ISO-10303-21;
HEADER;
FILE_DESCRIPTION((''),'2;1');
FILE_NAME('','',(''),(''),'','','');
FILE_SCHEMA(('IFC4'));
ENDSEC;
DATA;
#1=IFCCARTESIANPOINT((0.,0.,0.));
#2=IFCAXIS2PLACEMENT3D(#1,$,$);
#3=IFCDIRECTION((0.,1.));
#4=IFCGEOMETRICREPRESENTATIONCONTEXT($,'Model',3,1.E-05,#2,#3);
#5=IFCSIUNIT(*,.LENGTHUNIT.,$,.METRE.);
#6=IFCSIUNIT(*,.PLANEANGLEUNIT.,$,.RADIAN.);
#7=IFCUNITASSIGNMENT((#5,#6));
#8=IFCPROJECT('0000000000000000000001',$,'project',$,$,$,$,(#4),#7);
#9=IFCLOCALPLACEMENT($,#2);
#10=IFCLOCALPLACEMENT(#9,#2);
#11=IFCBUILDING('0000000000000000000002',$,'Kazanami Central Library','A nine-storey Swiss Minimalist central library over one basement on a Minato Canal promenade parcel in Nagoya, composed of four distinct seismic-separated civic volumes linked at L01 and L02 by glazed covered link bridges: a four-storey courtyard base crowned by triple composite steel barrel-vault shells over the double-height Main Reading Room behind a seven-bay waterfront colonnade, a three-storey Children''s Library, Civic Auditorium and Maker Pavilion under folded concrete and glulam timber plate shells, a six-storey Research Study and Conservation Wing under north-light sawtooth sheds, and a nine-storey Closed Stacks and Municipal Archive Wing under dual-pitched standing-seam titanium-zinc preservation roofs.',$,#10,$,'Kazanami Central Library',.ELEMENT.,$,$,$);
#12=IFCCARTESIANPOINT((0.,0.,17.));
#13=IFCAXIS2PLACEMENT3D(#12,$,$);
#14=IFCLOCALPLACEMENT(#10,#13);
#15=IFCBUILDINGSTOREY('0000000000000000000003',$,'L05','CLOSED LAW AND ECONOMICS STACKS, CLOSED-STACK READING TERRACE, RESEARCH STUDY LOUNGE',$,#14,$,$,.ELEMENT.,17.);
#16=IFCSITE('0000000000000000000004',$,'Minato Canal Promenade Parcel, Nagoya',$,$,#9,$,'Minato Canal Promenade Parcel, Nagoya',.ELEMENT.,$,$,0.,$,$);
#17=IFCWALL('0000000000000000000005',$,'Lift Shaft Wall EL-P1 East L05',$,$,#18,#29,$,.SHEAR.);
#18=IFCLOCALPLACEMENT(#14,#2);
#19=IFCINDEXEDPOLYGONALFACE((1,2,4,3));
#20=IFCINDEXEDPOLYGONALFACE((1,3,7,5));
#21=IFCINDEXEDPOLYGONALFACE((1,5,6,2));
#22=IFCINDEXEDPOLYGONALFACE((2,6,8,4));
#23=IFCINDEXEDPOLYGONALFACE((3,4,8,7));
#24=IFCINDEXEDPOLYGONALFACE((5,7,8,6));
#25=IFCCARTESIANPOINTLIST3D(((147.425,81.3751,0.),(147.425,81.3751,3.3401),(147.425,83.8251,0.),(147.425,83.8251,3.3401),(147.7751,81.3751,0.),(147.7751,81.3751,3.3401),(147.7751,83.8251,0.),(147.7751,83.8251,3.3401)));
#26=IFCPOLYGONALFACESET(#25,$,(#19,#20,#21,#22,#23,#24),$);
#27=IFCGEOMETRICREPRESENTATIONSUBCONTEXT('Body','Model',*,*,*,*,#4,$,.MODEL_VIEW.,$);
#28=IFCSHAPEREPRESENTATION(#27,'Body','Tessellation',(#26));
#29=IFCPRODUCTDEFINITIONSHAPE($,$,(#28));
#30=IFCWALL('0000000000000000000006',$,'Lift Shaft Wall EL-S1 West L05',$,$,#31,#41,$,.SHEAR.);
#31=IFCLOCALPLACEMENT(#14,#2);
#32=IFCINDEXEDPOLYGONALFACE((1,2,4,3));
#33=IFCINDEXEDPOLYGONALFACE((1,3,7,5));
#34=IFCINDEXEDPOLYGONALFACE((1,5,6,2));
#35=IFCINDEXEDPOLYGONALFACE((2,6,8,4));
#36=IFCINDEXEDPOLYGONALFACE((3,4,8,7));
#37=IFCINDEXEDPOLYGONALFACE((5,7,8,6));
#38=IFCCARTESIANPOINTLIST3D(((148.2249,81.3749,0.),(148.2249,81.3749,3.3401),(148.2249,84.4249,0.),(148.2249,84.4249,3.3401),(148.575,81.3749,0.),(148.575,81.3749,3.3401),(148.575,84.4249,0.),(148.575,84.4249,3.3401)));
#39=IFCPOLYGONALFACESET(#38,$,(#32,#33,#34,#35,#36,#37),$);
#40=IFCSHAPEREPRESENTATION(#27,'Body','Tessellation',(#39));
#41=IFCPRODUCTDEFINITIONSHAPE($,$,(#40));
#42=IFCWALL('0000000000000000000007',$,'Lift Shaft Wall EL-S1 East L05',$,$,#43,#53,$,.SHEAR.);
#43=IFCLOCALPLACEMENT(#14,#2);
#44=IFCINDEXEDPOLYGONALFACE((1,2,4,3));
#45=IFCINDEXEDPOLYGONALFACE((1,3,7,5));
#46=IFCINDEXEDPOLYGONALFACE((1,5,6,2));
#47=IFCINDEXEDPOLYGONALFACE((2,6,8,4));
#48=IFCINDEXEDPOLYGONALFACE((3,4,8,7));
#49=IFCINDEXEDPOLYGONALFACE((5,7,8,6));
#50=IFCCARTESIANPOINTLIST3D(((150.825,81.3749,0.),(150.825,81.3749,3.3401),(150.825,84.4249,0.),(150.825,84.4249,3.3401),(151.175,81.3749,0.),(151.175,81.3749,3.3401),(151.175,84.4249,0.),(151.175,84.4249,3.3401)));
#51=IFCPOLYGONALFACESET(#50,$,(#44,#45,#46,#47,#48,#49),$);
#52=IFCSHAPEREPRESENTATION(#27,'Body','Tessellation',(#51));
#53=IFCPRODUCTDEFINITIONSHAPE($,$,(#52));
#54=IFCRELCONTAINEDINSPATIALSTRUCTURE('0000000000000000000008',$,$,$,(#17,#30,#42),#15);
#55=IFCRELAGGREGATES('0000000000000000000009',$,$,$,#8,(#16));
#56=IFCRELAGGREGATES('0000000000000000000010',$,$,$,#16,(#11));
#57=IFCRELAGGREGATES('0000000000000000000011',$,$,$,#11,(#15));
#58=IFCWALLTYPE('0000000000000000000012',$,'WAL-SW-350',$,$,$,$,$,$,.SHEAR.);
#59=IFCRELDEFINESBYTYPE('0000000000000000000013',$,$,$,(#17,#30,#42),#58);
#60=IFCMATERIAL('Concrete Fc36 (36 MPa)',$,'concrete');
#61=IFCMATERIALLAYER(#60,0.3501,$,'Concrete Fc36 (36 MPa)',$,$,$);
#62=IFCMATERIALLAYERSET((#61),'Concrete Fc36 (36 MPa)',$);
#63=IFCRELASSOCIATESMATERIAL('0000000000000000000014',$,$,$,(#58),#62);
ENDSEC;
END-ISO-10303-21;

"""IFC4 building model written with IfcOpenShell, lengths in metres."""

from ifc_helpers import new_model, si_unit, direction, frame, frame_2d, origin, place, context, subcontext, project, spatial, rectangle, extrude, material, layer, layer_set, type_object, element, save


model = new_model("IFC4")

# Units and contexts
model_context = context("Model", 3, precision=1e-05, world=origin(), true_north=direction((0.0, 1.0)))
body_context = subcontext(model_context, "Body", "Model", "MODEL_VIEW")
ifc_project = project(units=[si_unit("LENGTHUNIT", "METRE"), si_unit("PLANEANGLEUNIT", "RADIAN")], contexts=[model_context])

# Site, building, storey
site_placement = place(None, origin())
site = spatial("IfcSite", under=ifc_project, at=site_placement, Name="Minato Canal Promenade Parcel, Nagoya", LongName="Minato Canal Promenade Parcel, Nagoya", CompositionType="ELEMENT", RefElevation=0.0)
building_placement = place(site_placement, origin())
building = spatial("IfcBuilding", under=site, at=building_placement, Name="Kazanami Central Library", Description="A nine-storey Swiss Minimalist central library over one basement on a Minato Canal promenade parcel in Nagoya, composed of four distinct seismic-separated civic volumes linked at L01 and L02 by glazed covered link bridges: a four-storey courtyard base crowned by triple composite steel barrel-vault shells over the double-height Main Reading Room behind a seven-bay waterfront colonnade, a three-storey Children's Library, Civic Auditorium and Maker Pavilion under folded concrete and glulam timber plate shells, a six-storey Research Study and Conservation Wing under north-light sawtooth sheds, and a nine-storey Closed Stacks and Municipal Archive Wing under dual-pitched standing-seam titanium-zinc preservation roofs.", LongName="Kazanami Central Library", CompositionType="ELEMENT")
storey_placement = place(building_placement, frame((0.0, 0.0, 17.0)))
storey = spatial("IfcBuildingStorey", under=building, at=storey_placement, Name="L05", Description="CLOSED LAW AND ECONOMICS STACKS, CLOSED-STACK READING TERRACE, RESEARCH STUDY LOUNGE", CompositionType="ELEMENT", Elevation=17.0)

# Shared definitions
ifc_material_1 = material(Name="Concrete Fc36 (36 MPa)", Category="concrete")

# Shared definitions
ifc_layer_1 = layer(ifc_material_1, 0.3501, Name="Concrete Fc36 (36 MPa)")
ifc_layer_set_1 = layer_set([ifc_layer_1], Name="Concrete Fc36 (36 MPa)")
wall_type_1 = type_object("IfcWallType", Name="WAL-SW-350", PredefinedType="SHEAR", material=ifc_layer_set_1)

# Wall
for number, where, z_axis, x_axis, name in (
    (1, (147.6001, 81.375, 0.0), (0.0, 0.0, 1.0), (0.0, 1.0, 0.0), "Lift Shaft Wall EL-P1 East L05"),
):
    element("IfcWall", number, at=place(storey_placement, frame(where, z_axis=z_axis, x_axis=x_axis)), inside=storey, type_object=wall_type_1, Name=name, PredefinedType="SHEAR", context=body_context, shape_type="SweptSolid", body=[
        extrude(rectangle(XDim=2.45, YDim=0.3501, at=frame_2d((1.2251, 0.0))), origin(), (0.0, 0.0, 1.0), 3.3401),
    ])

# Walls
for number, where, z_axis, x_axis, name in (
    (2, (148.3999, 81.375, 0.0), (0.0, 0.0, 1.0), (0.0, 1.0, 0.0), "Lift Shaft Wall EL-S1 West L05"),
    (3, (151.0, 81.375, 0.0), (0.0, 0.0, 1.0), (0.0, 1.0, 0.0), "Lift Shaft Wall EL-S1 East L05"),
):
    element("IfcWall", number, at=place(storey_placement, frame(where, z_axis=z_axis, x_axis=x_axis)), inside=storey, type_object=wall_type_1, Name=name, PredefinedType="SHEAR", context=body_context, shape_type="SweptSolid", body=[
        extrude(rectangle(XDim=3.05, YDim=0.3501, at=frame_2d((1.5249, 0.0))), origin(), (0.0, 0.0, 1.0), 3.3401),
    ])

save(model, "model.ifc")
